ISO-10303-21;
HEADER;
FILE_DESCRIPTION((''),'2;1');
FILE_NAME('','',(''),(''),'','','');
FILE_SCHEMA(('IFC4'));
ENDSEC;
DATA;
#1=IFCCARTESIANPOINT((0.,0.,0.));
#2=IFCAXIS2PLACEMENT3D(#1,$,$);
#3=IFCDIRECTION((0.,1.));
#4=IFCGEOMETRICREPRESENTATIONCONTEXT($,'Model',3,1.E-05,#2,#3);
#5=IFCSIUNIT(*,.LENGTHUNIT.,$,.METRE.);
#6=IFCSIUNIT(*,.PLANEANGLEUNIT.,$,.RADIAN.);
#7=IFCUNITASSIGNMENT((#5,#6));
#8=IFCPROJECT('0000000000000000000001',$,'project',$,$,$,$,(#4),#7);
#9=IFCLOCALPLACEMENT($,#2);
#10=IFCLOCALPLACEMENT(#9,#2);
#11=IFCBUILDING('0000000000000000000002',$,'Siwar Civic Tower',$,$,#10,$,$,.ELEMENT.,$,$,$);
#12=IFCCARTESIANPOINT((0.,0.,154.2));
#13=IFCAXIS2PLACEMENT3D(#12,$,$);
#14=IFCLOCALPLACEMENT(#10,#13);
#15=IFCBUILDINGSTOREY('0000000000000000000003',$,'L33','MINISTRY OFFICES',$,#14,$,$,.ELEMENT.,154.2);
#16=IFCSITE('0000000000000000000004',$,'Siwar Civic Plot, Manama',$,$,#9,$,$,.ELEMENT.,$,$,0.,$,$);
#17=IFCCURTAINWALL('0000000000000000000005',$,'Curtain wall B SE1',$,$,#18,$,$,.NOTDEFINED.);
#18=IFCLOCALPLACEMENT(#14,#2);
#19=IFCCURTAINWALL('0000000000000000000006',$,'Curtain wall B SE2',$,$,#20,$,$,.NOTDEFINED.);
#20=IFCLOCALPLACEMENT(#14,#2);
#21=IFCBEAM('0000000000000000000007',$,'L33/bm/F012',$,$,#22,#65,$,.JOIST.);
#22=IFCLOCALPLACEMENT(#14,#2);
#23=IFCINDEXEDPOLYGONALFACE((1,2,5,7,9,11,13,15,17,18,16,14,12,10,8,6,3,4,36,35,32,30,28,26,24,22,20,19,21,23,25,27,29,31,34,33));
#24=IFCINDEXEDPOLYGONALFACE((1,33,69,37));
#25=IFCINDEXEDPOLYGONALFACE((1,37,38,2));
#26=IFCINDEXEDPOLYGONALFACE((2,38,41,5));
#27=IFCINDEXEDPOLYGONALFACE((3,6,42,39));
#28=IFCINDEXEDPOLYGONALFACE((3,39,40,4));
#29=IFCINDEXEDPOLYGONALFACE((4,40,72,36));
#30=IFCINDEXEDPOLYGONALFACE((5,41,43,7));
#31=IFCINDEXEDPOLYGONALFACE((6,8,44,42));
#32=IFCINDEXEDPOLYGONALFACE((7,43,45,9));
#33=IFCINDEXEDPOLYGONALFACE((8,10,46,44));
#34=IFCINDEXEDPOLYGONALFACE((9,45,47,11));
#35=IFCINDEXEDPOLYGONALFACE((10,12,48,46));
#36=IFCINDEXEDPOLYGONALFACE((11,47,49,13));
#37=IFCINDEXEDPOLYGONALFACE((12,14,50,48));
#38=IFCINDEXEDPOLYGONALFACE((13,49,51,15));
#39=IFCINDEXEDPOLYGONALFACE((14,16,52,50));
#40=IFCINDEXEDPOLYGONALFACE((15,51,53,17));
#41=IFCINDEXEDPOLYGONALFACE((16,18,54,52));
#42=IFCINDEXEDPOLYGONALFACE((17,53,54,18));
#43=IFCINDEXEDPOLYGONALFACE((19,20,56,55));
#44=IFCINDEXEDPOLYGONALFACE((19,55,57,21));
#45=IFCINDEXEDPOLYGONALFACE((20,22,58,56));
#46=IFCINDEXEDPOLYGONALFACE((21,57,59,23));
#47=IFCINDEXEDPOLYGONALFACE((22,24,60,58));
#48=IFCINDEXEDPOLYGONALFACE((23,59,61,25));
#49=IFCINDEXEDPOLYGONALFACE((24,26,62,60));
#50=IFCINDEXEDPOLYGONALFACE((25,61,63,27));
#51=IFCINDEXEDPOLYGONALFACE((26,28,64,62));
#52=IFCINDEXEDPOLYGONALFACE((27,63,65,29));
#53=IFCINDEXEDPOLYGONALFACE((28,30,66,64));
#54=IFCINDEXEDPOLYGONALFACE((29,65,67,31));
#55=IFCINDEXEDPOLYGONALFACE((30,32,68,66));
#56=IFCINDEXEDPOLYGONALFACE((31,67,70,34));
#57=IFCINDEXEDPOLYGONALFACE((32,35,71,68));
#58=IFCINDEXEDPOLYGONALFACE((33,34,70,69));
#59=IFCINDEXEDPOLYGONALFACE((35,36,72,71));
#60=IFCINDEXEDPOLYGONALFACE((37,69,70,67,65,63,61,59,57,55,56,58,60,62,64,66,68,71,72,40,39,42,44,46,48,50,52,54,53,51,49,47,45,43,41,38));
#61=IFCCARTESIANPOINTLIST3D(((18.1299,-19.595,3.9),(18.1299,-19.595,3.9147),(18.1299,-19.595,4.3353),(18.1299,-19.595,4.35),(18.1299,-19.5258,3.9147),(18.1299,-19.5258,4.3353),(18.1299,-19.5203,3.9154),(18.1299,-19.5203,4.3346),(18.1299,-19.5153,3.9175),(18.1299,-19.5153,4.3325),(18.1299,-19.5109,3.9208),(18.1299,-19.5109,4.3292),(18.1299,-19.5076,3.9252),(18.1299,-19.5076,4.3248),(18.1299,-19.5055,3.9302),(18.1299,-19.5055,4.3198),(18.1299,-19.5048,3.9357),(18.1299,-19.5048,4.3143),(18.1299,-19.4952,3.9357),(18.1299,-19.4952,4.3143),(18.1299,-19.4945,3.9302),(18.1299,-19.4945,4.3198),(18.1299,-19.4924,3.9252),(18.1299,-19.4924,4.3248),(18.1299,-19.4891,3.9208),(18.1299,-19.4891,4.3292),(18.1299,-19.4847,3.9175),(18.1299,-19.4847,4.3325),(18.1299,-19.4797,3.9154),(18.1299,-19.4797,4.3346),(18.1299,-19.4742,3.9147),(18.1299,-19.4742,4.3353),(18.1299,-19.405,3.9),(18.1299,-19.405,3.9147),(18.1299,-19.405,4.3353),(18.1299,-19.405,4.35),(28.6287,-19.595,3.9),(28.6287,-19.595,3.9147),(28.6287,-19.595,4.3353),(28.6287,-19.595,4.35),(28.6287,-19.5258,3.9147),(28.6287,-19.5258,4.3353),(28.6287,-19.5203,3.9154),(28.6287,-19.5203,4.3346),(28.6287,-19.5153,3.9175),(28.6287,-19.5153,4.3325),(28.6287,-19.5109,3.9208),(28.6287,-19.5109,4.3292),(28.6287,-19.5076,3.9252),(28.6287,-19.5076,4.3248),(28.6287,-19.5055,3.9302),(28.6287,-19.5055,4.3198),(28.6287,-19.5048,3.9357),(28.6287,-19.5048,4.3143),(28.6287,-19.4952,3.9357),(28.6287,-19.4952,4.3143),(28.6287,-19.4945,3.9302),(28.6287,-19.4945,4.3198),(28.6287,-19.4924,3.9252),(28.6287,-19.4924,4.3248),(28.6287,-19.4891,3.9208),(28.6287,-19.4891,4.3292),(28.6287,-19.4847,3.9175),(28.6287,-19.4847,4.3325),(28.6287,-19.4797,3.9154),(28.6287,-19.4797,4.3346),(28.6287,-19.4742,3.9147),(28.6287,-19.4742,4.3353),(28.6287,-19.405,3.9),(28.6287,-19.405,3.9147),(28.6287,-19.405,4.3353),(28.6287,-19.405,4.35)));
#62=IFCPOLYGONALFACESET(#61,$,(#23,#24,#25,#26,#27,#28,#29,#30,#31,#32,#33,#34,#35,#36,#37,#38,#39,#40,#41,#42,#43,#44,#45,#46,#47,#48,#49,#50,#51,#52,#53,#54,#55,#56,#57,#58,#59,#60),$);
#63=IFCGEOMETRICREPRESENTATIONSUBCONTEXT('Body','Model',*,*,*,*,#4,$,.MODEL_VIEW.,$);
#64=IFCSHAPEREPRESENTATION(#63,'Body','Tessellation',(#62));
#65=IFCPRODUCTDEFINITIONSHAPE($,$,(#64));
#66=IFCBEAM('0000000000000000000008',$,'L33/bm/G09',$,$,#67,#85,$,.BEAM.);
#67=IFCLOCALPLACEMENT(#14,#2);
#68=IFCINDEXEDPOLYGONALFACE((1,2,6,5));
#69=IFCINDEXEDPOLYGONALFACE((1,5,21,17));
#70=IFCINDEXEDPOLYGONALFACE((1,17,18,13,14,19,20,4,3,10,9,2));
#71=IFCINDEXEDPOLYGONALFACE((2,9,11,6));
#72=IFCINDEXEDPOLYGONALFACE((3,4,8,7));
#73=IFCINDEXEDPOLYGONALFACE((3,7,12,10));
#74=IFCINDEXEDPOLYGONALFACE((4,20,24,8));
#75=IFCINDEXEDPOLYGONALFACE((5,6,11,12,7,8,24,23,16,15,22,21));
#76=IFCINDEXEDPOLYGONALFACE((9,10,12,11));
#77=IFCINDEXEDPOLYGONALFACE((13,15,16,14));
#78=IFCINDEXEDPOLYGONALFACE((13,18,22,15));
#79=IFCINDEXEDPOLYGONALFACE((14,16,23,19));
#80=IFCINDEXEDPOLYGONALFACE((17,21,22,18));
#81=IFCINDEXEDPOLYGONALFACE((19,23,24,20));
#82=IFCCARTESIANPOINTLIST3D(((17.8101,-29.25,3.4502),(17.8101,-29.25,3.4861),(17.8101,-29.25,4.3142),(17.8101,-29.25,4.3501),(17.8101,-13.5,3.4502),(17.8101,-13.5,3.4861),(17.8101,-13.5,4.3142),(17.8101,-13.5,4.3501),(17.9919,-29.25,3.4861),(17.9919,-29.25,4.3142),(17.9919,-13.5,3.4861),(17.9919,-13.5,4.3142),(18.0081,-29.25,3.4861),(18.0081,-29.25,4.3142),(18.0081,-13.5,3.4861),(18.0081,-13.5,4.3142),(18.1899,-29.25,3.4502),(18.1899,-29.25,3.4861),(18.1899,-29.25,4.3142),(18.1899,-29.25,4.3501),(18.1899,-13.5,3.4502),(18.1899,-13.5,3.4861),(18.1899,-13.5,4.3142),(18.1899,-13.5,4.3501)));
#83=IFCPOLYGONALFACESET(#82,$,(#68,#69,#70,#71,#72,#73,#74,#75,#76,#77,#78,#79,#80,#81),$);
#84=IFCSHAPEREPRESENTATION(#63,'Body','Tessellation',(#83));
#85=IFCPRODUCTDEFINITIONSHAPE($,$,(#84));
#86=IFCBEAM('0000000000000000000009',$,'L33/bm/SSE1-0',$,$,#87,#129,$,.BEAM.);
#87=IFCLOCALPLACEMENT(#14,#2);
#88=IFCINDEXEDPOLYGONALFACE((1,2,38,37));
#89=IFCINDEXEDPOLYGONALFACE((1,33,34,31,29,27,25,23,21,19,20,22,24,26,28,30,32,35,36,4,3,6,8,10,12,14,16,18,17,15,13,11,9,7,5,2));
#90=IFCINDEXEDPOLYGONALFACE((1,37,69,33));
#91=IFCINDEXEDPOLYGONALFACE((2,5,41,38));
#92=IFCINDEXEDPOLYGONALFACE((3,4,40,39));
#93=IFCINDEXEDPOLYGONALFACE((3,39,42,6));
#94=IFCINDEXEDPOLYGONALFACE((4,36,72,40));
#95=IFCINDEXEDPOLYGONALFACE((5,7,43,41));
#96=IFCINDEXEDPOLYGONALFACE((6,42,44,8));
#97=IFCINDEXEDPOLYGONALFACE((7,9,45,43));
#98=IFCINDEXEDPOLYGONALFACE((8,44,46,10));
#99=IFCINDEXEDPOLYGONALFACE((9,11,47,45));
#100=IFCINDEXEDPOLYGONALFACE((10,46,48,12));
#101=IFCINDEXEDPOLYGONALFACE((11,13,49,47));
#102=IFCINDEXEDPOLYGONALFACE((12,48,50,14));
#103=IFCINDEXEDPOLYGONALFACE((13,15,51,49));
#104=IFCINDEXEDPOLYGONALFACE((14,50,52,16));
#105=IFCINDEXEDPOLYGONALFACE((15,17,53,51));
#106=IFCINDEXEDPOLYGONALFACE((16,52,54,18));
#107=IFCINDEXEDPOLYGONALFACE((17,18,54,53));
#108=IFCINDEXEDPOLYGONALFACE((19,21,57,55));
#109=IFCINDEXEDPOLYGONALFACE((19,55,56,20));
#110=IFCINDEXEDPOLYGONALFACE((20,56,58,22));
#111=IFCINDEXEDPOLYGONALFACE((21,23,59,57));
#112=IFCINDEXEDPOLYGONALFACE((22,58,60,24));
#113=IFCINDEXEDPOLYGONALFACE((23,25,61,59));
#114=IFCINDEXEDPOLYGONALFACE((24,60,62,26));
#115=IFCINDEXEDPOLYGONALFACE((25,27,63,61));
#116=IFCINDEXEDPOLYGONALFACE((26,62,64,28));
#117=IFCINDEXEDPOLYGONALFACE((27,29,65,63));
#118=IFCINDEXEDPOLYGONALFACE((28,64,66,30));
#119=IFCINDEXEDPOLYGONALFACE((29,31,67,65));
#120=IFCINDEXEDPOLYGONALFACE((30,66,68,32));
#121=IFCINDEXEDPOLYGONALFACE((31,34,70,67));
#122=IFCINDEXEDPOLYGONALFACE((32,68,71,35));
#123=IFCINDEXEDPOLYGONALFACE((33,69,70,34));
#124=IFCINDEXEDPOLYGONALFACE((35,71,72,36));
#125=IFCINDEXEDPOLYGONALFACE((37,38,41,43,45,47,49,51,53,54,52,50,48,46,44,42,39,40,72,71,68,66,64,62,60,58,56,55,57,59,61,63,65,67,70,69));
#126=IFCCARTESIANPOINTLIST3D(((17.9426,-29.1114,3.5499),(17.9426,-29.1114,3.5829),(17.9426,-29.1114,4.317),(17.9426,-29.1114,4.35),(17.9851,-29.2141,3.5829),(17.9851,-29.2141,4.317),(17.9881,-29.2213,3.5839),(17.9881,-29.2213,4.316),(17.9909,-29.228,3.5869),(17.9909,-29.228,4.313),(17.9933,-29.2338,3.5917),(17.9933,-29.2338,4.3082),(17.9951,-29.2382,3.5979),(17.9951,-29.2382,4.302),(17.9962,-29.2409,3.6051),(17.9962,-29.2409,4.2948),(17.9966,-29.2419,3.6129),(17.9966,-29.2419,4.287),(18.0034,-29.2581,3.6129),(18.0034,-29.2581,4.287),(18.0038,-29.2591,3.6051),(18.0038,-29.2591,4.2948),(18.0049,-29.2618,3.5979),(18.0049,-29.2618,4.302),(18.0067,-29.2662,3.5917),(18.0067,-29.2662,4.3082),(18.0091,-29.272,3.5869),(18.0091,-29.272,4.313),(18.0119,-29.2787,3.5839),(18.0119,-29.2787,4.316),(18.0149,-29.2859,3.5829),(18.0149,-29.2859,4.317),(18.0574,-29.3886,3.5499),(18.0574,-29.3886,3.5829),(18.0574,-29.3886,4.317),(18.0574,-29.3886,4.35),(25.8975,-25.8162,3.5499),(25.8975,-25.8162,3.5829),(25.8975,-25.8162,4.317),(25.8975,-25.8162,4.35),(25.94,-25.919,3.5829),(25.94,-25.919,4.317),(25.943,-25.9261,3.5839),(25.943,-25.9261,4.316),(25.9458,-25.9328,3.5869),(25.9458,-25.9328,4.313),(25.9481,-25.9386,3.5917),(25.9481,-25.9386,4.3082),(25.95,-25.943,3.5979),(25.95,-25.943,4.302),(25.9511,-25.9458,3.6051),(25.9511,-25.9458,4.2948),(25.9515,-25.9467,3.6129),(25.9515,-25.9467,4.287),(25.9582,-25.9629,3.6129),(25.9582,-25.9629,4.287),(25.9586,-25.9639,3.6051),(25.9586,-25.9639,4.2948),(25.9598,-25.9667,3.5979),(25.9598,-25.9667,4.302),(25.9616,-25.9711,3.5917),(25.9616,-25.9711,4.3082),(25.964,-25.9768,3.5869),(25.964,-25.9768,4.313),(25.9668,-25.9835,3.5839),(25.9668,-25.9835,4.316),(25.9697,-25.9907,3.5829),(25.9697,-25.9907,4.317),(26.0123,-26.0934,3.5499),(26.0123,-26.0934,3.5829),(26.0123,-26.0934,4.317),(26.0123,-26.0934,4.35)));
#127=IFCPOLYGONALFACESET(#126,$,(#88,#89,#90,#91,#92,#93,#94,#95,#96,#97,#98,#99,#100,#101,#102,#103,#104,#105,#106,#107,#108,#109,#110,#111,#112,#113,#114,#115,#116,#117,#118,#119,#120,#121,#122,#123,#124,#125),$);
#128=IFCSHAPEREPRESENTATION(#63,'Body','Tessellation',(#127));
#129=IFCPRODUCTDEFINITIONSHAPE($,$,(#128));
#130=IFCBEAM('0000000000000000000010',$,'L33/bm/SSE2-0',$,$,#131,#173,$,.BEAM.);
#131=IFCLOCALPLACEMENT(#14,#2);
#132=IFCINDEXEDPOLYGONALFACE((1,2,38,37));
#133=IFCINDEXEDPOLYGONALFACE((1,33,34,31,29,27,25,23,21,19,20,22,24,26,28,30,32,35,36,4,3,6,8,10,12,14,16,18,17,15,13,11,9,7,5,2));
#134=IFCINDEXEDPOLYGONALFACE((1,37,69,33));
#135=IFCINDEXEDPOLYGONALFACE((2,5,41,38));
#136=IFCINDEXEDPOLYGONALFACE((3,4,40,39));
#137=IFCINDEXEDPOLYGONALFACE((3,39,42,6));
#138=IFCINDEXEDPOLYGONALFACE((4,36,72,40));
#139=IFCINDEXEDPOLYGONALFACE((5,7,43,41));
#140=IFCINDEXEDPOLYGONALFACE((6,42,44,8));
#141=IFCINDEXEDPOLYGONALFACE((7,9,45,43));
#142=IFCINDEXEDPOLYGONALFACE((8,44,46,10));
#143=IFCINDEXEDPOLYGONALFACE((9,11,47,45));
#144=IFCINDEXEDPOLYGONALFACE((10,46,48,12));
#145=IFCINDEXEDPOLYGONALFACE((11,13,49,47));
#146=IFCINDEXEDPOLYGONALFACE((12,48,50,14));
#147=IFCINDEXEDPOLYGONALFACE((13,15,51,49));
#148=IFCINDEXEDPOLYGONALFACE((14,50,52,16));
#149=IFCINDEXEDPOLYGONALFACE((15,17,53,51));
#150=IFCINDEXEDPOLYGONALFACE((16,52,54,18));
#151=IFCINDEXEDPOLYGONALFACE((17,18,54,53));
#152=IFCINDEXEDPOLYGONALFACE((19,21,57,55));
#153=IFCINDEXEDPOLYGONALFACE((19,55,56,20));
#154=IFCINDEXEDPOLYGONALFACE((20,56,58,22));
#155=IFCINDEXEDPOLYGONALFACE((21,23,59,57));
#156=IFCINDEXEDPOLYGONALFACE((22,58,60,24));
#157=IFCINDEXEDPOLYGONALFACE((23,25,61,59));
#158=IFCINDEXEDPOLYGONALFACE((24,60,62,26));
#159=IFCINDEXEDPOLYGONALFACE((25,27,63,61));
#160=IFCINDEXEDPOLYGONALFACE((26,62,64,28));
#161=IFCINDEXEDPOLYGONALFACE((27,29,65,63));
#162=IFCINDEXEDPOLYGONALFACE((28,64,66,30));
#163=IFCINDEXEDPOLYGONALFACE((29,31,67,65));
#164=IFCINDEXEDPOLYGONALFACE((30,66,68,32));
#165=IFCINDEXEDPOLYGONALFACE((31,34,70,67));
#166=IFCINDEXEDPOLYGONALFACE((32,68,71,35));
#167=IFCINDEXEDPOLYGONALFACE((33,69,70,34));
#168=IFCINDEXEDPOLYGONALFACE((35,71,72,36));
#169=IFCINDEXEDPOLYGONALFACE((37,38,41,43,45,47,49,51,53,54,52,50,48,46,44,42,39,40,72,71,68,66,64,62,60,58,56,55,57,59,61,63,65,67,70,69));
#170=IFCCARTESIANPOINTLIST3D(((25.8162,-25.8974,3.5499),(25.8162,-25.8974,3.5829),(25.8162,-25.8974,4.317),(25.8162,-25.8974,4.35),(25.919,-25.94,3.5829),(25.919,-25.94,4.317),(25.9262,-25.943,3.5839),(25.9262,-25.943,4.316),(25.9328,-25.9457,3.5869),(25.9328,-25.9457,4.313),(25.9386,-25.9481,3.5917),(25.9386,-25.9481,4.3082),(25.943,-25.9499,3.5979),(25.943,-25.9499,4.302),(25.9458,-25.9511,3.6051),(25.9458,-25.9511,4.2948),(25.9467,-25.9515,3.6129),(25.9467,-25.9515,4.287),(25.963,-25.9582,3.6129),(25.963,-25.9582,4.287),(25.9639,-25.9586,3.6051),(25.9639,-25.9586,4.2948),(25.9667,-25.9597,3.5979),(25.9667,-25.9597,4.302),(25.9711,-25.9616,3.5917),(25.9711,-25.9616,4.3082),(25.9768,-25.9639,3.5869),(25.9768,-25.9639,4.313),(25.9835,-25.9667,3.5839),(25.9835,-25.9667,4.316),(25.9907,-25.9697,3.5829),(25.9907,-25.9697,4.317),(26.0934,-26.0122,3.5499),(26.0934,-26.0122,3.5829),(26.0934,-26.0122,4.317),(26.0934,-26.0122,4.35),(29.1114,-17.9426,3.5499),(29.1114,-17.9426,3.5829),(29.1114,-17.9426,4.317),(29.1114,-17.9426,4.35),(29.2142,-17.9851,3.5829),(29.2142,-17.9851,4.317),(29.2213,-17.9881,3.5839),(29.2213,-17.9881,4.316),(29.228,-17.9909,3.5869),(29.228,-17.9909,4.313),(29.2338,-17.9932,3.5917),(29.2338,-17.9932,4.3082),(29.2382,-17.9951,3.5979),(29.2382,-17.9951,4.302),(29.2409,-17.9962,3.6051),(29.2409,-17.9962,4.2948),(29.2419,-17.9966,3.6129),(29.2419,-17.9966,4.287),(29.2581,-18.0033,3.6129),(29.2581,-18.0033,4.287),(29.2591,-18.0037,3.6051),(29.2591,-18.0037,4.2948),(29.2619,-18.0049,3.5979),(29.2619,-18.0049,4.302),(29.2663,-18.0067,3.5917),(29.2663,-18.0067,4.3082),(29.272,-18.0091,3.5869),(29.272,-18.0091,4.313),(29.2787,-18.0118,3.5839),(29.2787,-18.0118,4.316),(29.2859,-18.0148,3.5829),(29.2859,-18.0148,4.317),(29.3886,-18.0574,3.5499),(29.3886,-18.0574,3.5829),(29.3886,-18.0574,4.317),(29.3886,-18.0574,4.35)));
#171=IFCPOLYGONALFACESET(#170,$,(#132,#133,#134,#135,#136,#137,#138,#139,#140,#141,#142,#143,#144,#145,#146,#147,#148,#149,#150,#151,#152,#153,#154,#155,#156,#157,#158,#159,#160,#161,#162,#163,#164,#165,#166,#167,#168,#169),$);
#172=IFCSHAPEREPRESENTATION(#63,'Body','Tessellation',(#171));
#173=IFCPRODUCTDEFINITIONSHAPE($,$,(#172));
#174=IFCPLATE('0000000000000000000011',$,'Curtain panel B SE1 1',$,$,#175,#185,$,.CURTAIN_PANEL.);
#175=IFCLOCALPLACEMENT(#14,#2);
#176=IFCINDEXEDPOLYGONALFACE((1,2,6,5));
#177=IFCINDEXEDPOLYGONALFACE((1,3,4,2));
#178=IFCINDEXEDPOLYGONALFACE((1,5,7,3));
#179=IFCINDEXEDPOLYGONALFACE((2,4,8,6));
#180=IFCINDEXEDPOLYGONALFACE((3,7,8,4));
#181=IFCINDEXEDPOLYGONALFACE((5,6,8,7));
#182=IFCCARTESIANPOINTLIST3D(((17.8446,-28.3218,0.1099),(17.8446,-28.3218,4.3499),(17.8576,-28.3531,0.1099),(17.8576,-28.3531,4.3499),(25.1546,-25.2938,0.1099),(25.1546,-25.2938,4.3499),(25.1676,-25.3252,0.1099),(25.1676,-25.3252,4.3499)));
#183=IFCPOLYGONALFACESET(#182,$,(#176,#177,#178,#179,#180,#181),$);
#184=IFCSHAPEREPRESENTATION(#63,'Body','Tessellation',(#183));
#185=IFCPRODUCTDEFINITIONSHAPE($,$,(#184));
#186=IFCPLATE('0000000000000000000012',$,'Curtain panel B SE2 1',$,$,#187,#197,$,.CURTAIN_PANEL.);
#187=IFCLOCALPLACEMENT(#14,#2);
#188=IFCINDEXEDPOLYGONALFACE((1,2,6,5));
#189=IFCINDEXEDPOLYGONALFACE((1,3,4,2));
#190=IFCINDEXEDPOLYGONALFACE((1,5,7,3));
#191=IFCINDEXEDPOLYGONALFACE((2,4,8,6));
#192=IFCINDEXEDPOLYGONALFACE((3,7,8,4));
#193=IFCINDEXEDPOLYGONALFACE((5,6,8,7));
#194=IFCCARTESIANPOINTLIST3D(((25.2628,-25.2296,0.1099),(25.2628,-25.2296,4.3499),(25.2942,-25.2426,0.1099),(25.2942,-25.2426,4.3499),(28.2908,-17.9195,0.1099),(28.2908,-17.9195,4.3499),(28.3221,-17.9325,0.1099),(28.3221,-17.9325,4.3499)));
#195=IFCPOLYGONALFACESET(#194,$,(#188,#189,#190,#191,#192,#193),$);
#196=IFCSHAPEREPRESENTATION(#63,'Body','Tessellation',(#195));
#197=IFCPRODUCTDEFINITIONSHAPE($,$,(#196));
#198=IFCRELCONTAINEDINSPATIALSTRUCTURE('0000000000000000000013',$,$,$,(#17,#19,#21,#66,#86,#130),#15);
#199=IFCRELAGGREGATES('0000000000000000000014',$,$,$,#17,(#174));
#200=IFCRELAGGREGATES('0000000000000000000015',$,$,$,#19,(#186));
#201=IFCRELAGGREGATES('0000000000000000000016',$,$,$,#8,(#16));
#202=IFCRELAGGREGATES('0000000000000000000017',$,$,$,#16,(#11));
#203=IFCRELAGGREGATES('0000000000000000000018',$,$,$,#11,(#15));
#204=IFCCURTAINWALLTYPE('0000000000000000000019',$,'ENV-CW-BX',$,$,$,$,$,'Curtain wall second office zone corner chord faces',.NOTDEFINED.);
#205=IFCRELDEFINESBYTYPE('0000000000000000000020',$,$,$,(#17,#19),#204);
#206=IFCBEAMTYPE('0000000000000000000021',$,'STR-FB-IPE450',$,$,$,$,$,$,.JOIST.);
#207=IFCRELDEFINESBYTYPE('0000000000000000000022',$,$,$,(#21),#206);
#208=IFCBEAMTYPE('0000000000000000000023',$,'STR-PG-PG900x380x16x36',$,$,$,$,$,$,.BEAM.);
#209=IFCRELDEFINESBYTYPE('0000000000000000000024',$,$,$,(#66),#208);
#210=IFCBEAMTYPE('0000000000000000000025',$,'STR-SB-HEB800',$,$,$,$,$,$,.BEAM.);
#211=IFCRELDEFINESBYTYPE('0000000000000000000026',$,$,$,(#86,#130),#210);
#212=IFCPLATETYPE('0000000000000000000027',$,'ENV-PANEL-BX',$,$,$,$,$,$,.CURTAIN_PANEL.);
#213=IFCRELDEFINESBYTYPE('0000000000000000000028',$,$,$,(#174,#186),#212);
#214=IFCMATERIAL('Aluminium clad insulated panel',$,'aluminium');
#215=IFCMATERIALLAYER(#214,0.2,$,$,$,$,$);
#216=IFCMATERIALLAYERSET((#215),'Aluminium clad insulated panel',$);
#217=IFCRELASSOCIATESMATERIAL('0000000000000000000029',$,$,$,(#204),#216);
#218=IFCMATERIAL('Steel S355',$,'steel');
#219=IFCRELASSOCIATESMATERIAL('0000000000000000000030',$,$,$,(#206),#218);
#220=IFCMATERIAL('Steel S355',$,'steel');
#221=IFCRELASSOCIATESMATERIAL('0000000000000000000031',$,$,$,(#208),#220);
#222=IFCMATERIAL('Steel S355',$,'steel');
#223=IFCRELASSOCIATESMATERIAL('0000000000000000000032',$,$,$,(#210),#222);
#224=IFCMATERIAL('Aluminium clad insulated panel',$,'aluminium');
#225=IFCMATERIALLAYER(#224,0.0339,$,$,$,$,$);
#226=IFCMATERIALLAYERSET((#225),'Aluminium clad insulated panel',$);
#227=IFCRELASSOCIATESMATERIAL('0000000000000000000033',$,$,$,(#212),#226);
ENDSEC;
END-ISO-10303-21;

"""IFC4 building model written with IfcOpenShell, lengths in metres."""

from ifc_helpers import new_model, si_unit, direction, frame, origin, origin_2d, place, context, subcontext, project, spatial, rectangle, i_section, extrude, material, layer, layer_set, material_profile, profile_set, type_object, element, aggregate, save


model = new_model("IFC4")

# Units and contexts
model_context = context("Model", 3, precision=1e-05, world=origin(), true_north=direction((0.0, 1.0)))
body_context = subcontext(model_context, "Body", "Model", "MODEL_VIEW")
ifc_project = project(units=[si_unit("LENGTHUNIT", "METRE"), si_unit("PLANEANGLEUNIT", "RADIAN")], contexts=[model_context])

# Site, building, storey
site_placement = place(None, origin())
site = spatial("IfcSite", under=ifc_project, at=site_placement, Name="Siwar Civic Plot, Manama", CompositionType="ELEMENT", RefElevation=0.0)
building_placement = place(site_placement, origin())
building = spatial("IfcBuilding", under=site, at=building_placement, Name="Siwar Civic Tower", CompositionType="ELEMENT")
storey_placement = place(building_placement, frame((0.0, 0.0, 154.2)))
storey = spatial("IfcBuildingStorey", under=building, at=storey_placement, Name="L33", Description="MINISTRY OFFICES", CompositionType="ELEMENT", Elevation=154.2)

# Curtain walls
ifc_material_1 = material(Name="Aluminium clad insulated panel", Category="aluminium")
ifc_layer_1 = layer(ifc_material_1, 0.2)
ifc_layer_set_1 = layer_set([ifc_layer_1], Name="Aluminium clad insulated panel")
curtain_wall_type = type_object("IfcCurtainWallType", Name="ENV-CW-BX", ElementType="Curtain wall second office zone corner chord faces", PredefinedType="NOTDEFINED", material=ifc_layer_set_1)
curtain_wall_1_placement = place(storey_placement, origin())
curtain_wall_1 = element("IfcCurtainWall", 1, at=curtain_wall_1_placement, inside=storey, type_object=curtain_wall_type, Name="Curtain wall B SE1", PredefinedType="NOTDEFINED")
curtain_wall_2_placement = place(storey_placement, origin())
curtain_wall_2 = element("IfcCurtainWall", 2, at=curtain_wall_2_placement, inside=storey, type_object=curtain_wall_type, Name="Curtain wall B SE2", PredefinedType="NOTDEFINED")

# Beams
ifc_material_2 = material(Name="Steel S355", Category="steel")
ifc_material_profile_1 = material_profile(ifc_material_2, i_section(OverallWidth=0.1899, OverallDepth=0.45, WebThickness=0.0095, FlangeThickness=0.0146, FilletRadius=0.021, at=origin_2d()), Name="IPE450")
ifc_profile_set_1 = profile_set([ifc_material_profile_1], Name="Steel S355")
beam_type_1 = type_object("IfcBeamType", Name="STR-FB-IPE450", PredefinedType="JOIST", material=ifc_profile_set_1)
beam_1_placement = place(storey_placement, frame((18.1299, -19.5, 4.125), z_axis=(1.0, 0.0, 0.0), x_axis=(0.0, 1.0, 0.0)))
element("IfcBeam", 3, at=beam_1_placement, inside=storey, type_object=beam_type_1, Name="L33/bm/F012", PredefinedType="JOIST", context=body_context, shape_type="SweptSolid", body=[
    extrude(i_section(OverallWidth=0.1899, OverallDepth=0.45, WebThickness=0.0095, FlangeThickness=0.0146, FilletRadius=0.021, at=origin_2d()), origin(), (0.0, 0.0, 1.0), 10.4988),
])
ifc_material_3 = material(Name="Steel S355", Category="steel")
ifc_material_profile_2 = material_profile(ifc_material_3, i_section(OverallWidth=0.3799, OverallDepth=0.8999, WebThickness=0.0161, FlangeThickness=0.0359, at=origin_2d()), Name="PG900x380x16x36")
ifc_profile_set_2 = profile_set([ifc_material_profile_2], Name="Steel S355")
beam_type_2 = type_object("IfcBeamType", Name="STR-PG-PG900x380x16x36", PredefinedType="BEAM", material=ifc_profile_set_2)
beam_2_placement = place(storey_placement, frame((18.0, -29.25, 3.9001), z_axis=(0.0, 1.0, 0.0), x_axis=(-1.0, 0.0, 0.0)))
element("IfcBeam", 4, at=beam_2_placement, inside=storey, type_object=beam_type_2, Name="L33/bm/G09", PredefinedType="BEAM", context=body_context, shape_type="SweptSolid", body=[
    extrude(i_section(OverallWidth=0.3799, OverallDepth=0.8999, WebThickness=0.0161, FlangeThickness=0.0359, at=origin_2d()), origin(), (0.0, 0.0, 1.0), 15.75),
])
ifc_material_4 = material(Name="Steel S355", Category="steel")
ifc_material_profile_3 = material_profile(ifc_material_4, i_section(OverallWidth=0.3, OverallDepth=0.8, WebThickness=0.0176, FlangeThickness=0.033, FilletRadius=0.03, at=origin_2d()), Name="HEB800")
ifc_profile_set_3 = profile_set([ifc_material_profile_3], Name="Steel S355")
beam_type_3 = type_object("IfcBeamType", Name="STR-SB-HEB800", PredefinedType="BEAM", material=ifc_profile_set_3)
for number, where, z_axis, x_axis, name in (
    (5, (18.0, -29.25, 3.95), (0.923873, 0.3827, 0.0), (-0.3827, 0.923873, 0.0), "L33/bm/SSE1-0"),
    (6, (25.9548, -25.9548, 3.95), (0.3827, 0.923873, 0.0), (-0.923873, 0.3827, 0.0), "L33/bm/SSE2-0"),
):
    element("IfcBeam", number, at=place(storey_placement, frame(where, z_axis=z_axis, x_axis=x_axis)), inside=storey, type_object=beam_type_3, Name=name, PredefinedType="BEAM", context=body_context, shape_type="SweptSolid", body=[
        extrude(i_section(OverallWidth=0.3, OverallDepth=0.8, WebThickness=0.0176, FlangeThickness=0.033, FilletRadius=0.03, at=origin_2d()), origin(), (0.0, 0.0, 1.0), 8.6104),
    ])

# Plates
ifc_material_5 = material(Name="Aluminium clad insulated panel", Category="aluminium")
ifc_layer_2 = layer(ifc_material_5, 0.0339)
ifc_layer_set_2 = layer_set([ifc_layer_2], Name="Aluminium clad insulated panel")
plate_type = type_object("IfcPlateType", Name="ENV-PANEL-BX", PredefinedType="CURTAIN_PANEL", material=ifc_layer_set_2)
plate_1_placement = place(storey_placement, frame((21.5061, -26.8235, 0.1099), z_axis=(0.0, 0.0, 1.0), x_axis=(0.92388, 0.382683, 0.0)))
plate_1 = element("IfcPlate", 7, at=plate_1_placement, type_object=plate_type, Name="Curtain panel B SE1 1", PredefinedType="CURTAIN_PANEL", context=body_context, shape_type="SweptSolid", body=[
    extrude(rectangle(XDim=7.9124, YDim=0.0339, at=origin_2d()), origin(), (0.0, 0.0, 1.0), 4.24),
])
aggregate(curtain_wall_1, [plate_1])
plate_2_placement = place(storey_placement, frame((26.7925, -21.5811, 0.1099), z_axis=(0.0, 0.0, 1.0), x_axis=(0.382683, 0.92388, 0.0)))
plate_2 = element("IfcPlate", 8, at=plate_2_placement, type_object=plate_type, Name="Curtain panel B SE2 1", PredefinedType="CURTAIN_PANEL", context=body_context, shape_type="SweptSolid", body=[
    extrude(rectangle(XDim=7.9124, YDim=0.0339, at=origin_2d()), origin(), (0.0, 0.0, 1.0), 4.24),
])
aggregate(curtain_wall_2, [plate_2])

save(model, "model.ifc")
